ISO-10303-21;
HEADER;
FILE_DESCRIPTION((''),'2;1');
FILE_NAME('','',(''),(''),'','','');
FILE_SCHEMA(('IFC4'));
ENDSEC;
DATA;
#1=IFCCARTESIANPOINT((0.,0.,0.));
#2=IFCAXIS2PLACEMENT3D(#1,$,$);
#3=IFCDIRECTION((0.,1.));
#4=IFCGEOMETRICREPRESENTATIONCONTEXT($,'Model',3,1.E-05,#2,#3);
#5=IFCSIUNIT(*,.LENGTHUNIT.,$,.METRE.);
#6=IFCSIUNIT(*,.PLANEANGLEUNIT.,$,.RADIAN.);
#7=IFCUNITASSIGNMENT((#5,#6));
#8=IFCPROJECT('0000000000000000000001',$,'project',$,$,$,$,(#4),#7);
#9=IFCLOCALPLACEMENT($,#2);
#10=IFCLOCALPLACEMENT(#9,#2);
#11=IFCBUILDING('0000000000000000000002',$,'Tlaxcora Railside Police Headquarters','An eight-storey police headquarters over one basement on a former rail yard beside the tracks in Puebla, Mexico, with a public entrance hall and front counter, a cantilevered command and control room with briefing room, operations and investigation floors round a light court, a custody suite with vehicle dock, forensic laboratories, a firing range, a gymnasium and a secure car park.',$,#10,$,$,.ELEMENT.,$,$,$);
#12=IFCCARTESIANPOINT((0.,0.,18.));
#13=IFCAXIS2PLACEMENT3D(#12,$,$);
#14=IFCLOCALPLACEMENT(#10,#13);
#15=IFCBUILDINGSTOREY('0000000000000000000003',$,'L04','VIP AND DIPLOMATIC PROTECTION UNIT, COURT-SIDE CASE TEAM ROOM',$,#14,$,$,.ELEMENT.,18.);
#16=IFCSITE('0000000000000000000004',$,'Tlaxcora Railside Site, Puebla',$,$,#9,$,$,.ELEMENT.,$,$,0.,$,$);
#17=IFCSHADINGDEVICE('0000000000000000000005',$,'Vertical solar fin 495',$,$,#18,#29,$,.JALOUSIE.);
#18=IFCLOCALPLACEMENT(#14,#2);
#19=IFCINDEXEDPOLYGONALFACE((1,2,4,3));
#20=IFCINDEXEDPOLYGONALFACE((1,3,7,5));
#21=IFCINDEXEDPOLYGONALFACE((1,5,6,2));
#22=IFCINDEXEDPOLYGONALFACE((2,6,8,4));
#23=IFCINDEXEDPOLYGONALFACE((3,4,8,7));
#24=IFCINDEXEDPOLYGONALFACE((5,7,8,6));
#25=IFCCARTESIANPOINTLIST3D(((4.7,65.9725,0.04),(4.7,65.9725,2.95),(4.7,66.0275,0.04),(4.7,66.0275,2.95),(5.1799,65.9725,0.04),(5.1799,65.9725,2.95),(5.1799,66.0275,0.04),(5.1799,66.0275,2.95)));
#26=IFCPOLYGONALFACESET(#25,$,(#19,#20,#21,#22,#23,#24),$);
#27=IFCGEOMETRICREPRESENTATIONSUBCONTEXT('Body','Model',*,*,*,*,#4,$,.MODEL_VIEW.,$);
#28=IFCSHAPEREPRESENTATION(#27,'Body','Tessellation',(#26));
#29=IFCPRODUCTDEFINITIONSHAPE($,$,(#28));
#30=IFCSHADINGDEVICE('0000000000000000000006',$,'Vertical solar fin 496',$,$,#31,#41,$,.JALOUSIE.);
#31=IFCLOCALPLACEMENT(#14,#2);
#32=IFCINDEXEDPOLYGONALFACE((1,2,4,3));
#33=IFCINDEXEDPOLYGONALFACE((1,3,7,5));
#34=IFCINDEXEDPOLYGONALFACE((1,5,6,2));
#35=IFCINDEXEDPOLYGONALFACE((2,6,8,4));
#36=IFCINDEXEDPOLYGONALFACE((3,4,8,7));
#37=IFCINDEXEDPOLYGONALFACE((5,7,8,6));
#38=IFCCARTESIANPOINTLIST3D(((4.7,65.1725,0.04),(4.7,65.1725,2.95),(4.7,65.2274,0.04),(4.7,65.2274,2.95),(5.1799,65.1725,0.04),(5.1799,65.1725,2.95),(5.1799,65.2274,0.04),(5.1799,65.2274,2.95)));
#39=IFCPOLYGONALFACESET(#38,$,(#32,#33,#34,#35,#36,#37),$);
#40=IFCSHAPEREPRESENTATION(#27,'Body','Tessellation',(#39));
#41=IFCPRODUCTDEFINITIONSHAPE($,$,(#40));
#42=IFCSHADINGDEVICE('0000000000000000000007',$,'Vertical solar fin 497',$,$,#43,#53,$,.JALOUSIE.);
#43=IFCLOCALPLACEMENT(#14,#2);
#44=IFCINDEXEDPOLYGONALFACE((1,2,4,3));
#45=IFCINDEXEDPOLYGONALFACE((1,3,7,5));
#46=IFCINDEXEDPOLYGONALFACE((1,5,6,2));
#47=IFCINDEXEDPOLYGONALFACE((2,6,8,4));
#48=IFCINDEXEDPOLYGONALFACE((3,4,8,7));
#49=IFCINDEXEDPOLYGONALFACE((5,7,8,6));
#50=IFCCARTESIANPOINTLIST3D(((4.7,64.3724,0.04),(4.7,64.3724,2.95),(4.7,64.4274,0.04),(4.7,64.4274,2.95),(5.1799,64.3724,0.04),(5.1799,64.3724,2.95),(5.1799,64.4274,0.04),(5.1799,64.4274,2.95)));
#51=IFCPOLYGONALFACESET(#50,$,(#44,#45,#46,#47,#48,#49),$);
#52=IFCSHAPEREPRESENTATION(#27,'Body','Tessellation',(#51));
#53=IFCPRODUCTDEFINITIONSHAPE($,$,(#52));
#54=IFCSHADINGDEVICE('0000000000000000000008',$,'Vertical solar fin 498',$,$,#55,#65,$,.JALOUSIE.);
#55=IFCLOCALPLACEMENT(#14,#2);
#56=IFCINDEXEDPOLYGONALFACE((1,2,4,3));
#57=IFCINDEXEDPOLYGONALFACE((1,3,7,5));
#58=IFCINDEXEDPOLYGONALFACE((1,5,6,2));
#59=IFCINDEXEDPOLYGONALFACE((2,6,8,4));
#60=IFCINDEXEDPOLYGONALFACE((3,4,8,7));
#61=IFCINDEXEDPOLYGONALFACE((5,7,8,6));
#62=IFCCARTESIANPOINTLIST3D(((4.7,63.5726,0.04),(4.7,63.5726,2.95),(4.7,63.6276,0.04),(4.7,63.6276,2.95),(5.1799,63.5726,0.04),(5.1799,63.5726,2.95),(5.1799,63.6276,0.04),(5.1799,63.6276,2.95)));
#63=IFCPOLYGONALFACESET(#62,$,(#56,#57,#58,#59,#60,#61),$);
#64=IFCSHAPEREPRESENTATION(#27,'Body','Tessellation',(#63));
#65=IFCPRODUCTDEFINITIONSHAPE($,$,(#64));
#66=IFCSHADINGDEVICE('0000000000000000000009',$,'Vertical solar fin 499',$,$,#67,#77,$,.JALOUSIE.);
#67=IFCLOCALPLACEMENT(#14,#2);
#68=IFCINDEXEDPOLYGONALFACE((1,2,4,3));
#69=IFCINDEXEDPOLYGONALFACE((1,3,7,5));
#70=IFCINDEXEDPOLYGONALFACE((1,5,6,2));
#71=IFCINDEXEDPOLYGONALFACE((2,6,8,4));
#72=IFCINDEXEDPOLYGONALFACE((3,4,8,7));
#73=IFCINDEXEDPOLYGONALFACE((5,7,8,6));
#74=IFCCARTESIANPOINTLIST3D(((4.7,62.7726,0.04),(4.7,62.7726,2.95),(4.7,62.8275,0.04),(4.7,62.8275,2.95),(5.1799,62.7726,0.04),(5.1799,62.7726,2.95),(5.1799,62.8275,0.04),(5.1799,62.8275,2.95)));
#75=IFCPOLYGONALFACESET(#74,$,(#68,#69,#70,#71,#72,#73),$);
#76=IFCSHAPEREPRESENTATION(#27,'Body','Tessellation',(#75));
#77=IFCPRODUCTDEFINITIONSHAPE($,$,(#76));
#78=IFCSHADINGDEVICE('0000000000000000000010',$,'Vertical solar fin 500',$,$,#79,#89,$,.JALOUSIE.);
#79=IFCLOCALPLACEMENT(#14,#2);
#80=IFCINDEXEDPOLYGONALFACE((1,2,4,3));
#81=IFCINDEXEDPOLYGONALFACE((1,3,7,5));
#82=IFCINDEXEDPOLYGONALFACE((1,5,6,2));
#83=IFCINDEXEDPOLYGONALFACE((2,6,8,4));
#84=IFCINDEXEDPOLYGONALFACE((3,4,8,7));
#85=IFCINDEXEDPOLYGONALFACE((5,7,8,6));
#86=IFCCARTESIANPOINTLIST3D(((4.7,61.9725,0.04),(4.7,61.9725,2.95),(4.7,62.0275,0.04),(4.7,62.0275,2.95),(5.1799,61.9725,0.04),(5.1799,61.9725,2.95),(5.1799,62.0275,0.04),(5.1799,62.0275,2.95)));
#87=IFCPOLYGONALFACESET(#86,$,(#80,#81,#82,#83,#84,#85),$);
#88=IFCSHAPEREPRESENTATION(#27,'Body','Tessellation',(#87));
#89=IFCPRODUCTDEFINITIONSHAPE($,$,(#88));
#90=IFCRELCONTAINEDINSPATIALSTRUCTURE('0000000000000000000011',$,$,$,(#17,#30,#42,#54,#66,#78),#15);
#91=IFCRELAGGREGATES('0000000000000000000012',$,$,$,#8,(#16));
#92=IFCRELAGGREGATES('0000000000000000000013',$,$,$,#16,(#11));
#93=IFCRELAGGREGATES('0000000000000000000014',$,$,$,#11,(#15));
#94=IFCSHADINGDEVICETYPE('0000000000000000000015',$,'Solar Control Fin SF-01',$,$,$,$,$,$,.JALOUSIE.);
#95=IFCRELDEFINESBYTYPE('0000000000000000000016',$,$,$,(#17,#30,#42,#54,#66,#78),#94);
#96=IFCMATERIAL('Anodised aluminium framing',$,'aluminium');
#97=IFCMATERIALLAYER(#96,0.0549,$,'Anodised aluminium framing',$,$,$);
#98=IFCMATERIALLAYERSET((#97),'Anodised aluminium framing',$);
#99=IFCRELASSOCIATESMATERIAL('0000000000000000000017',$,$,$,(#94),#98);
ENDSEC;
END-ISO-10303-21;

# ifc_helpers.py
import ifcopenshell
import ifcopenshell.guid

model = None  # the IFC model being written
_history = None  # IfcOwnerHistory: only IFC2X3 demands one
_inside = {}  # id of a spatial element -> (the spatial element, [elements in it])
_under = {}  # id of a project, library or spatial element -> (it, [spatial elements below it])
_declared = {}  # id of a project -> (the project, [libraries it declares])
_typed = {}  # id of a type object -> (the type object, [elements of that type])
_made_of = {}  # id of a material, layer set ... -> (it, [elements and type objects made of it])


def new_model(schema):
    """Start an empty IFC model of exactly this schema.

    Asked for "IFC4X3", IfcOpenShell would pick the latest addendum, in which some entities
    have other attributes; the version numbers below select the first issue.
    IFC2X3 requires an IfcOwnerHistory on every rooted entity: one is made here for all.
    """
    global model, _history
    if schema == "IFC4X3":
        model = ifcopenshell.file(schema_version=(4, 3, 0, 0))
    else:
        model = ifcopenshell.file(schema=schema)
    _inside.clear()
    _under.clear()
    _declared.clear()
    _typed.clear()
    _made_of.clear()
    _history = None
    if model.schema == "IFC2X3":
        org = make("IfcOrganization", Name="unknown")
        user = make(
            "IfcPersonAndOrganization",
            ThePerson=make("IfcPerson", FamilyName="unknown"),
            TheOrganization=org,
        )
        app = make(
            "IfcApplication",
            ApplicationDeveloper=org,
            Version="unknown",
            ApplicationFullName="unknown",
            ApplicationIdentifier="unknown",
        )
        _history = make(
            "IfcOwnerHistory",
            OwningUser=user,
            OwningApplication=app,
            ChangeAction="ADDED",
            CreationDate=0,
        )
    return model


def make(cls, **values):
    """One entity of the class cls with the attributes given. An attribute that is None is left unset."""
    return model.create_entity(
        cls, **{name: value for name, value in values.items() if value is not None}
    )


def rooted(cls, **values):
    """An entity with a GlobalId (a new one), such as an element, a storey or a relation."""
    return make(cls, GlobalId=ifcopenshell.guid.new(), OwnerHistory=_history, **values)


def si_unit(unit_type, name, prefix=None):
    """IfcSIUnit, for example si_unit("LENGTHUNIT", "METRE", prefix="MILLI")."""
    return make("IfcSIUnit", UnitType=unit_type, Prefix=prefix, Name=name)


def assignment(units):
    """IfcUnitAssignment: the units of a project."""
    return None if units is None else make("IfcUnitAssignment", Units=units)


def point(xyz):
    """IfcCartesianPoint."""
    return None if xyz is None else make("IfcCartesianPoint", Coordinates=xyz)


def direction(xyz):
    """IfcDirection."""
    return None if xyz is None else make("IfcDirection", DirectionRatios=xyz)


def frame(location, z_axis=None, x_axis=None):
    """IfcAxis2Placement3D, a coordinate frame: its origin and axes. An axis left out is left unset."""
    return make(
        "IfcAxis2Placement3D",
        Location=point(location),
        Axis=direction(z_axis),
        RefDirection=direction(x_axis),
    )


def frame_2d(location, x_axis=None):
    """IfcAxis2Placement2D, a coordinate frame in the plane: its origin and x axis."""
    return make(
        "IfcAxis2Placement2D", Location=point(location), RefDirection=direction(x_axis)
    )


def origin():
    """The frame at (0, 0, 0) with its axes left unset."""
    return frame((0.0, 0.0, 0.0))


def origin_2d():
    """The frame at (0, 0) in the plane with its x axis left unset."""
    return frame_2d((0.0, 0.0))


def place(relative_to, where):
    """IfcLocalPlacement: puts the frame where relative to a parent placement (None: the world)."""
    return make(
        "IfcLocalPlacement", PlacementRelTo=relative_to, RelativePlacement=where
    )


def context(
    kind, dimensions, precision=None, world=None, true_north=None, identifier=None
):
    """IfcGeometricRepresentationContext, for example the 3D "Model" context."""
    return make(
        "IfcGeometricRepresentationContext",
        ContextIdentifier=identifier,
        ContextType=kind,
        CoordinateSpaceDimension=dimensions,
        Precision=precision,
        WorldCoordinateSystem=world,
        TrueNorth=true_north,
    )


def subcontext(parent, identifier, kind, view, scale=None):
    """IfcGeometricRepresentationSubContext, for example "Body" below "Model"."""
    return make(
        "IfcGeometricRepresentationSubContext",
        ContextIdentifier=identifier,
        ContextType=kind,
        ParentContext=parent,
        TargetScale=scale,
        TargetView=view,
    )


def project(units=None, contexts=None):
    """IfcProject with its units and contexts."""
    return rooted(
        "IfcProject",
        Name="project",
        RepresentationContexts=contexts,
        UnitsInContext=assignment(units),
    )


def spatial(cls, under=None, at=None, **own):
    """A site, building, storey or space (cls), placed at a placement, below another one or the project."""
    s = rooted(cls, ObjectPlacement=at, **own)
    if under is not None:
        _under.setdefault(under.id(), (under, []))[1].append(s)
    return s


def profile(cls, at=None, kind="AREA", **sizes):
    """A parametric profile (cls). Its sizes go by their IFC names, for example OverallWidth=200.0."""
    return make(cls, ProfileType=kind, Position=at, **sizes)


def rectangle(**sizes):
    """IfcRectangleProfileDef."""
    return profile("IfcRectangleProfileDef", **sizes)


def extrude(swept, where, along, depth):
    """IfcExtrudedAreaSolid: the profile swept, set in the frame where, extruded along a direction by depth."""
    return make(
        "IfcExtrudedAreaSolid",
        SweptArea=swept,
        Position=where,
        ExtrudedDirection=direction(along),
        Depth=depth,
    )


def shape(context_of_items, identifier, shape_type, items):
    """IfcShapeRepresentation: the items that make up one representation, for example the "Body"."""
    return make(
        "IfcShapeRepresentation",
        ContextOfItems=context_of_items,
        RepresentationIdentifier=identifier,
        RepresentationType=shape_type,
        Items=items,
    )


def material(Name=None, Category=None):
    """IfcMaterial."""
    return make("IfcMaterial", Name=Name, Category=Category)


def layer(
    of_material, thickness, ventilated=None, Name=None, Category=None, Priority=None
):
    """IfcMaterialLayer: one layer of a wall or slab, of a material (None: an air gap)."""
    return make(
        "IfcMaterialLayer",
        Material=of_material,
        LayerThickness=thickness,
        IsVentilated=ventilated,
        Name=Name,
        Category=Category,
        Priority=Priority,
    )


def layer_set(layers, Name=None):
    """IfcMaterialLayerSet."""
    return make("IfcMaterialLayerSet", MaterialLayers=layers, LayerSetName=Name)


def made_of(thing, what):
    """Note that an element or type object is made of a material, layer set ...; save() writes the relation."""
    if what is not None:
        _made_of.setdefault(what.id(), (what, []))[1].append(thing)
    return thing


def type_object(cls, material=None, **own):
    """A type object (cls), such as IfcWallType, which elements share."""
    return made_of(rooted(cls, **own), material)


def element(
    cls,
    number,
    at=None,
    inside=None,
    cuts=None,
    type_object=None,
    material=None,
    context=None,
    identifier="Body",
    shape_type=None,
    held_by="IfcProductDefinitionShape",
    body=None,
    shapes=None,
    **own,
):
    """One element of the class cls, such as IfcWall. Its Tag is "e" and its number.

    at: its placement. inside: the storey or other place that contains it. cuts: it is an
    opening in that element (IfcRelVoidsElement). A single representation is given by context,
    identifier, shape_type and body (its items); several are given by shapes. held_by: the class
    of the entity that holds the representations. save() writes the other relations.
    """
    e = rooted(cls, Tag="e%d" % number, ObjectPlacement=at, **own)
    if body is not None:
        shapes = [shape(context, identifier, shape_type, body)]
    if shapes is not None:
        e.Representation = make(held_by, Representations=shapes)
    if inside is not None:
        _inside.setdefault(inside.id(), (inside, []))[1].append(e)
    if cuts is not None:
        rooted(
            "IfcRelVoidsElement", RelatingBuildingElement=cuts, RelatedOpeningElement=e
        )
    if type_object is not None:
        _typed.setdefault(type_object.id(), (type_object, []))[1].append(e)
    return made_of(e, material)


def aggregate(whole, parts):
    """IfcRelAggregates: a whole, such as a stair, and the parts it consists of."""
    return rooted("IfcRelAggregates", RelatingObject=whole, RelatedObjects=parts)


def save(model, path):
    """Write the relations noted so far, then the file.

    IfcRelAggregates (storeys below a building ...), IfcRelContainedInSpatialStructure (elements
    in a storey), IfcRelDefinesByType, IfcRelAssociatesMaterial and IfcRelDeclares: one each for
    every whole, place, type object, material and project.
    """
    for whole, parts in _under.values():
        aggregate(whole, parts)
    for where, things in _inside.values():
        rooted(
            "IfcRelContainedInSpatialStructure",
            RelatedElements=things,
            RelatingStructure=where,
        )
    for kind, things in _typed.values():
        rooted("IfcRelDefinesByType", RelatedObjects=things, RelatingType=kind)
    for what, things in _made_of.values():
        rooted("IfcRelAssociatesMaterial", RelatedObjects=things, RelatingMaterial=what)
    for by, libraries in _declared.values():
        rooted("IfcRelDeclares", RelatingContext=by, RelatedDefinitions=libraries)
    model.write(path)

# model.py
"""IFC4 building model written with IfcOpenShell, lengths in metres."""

from ifc_helpers import new_model, si_unit, direction, frame, origin, origin_2d, place, context, subcontext, project, spatial, rectangle, extrude, material, layer, layer_set, type_object, element, save


model = new_model("IFC4")

# Units and contexts
model_context = context("Model", 3, precision=1e-05, world=origin(), true_north=direction((0.0, 1.0)))
body_context = subcontext(model_context, "Body", "Model", "MODEL_VIEW")
ifc_project = project(units=[si_unit("LENGTHUNIT", "METRE"), si_unit("PLANEANGLEUNIT", "RADIAN")], contexts=[model_context])

# Site, building, storey
site_placement = place(None, origin())
site = spatial("IfcSite", under=ifc_project, at=site_placement, Name="Tlaxcora Railside Site, Puebla", CompositionType="ELEMENT", RefElevation=0.0)
building_placement = place(site_placement, origin())
building = spatial("IfcBuilding", under=site, at=building_placement, Name="Tlaxcora Railside Police Headquarters", Description="An eight-storey police headquarters over one basement on a former rail yard beside the tracks in Puebla, Mexico, with a public entrance hall and front counter, a cantilevered command and control room with briefing room, operations and investigation floors round a light court, a custody suite with vehicle dock, forensic laboratories, a firing range, a gymnasium and a secure car park.", CompositionType="ELEMENT")
storey_placement = place(building_placement, frame((0.0, 0.0, 18.0)))
storey = spatial("IfcBuildingStorey", under=building, at=storey_placement, Name="L04", Description="VIP AND DIPLOMATIC PROTECTION UNIT, COURT-SIDE CASE TEAM ROOM", CompositionType="ELEMENT", Elevation=18.0)

# Shared definitions
ifc_material_1 = material(Name="Anodised aluminium framing", Category="aluminium")

# Shading devices
ifc_layer_1 = layer(ifc_material_1, 0.0549, Name="Anodised aluminium framing")
ifc_layer_set_1 = layer_set([ifc_layer_1], Name="Anodised aluminium framing")
shading_device_type = type_object("IfcShadingDeviceType", Name="Solar Control Fin SF-01", PredefinedType="JALOUSIE", material=ifc_layer_set_1)
for number, where, z_axis, x_axis, name in (
    (1, (4.9399, 66.0, 0.04), (0.0, 0.0, 1.0), (-1.0, 0.0, 0.0), "Vertical solar fin 495"),
    (2, (4.9399, 65.2, 0.04), (0.0, 0.0, 1.0), (-1.0, 0.0, 0.0), "Vertical solar fin 496"),
    (3, (4.9399, 64.3999, 0.04), (0.0, 0.0, 1.0), (-1.0, 0.0, 0.0), "Vertical solar fin 497"),
    (4, (4.9399, 63.6001, 0.04), (0.0, 0.0, 1.0), (-1.0, 0.0, 0.0), "Vertical solar fin 498"),
    (5, (4.9399, 62.8, 0.04), (0.0, 0.0, 1.0), (-1.0, 0.0, 0.0), "Vertical solar fin 499"),
    (6, (4.9399, 62.0, 0.04), (0.0, 0.0, 1.0), (-1.0, 0.0, 0.0), "Vertical solar fin 500"),
):
    element("IfcShadingDevice", number, at=place(storey_placement, frame(where, z_axis=z_axis, x_axis=x_axis)), inside=storey, type_object=shading_device_type, Name=name, PredefinedType="JALOUSIE", context=body_context, shape_type="SweptSolid", body=[
        extrude(rectangle(XDim=0.48, YDim=0.0549, at=origin_2d()), origin(), (0.0, 0.0, 1.0), 2.9099),
    ])

save(model, "model.ifc")
